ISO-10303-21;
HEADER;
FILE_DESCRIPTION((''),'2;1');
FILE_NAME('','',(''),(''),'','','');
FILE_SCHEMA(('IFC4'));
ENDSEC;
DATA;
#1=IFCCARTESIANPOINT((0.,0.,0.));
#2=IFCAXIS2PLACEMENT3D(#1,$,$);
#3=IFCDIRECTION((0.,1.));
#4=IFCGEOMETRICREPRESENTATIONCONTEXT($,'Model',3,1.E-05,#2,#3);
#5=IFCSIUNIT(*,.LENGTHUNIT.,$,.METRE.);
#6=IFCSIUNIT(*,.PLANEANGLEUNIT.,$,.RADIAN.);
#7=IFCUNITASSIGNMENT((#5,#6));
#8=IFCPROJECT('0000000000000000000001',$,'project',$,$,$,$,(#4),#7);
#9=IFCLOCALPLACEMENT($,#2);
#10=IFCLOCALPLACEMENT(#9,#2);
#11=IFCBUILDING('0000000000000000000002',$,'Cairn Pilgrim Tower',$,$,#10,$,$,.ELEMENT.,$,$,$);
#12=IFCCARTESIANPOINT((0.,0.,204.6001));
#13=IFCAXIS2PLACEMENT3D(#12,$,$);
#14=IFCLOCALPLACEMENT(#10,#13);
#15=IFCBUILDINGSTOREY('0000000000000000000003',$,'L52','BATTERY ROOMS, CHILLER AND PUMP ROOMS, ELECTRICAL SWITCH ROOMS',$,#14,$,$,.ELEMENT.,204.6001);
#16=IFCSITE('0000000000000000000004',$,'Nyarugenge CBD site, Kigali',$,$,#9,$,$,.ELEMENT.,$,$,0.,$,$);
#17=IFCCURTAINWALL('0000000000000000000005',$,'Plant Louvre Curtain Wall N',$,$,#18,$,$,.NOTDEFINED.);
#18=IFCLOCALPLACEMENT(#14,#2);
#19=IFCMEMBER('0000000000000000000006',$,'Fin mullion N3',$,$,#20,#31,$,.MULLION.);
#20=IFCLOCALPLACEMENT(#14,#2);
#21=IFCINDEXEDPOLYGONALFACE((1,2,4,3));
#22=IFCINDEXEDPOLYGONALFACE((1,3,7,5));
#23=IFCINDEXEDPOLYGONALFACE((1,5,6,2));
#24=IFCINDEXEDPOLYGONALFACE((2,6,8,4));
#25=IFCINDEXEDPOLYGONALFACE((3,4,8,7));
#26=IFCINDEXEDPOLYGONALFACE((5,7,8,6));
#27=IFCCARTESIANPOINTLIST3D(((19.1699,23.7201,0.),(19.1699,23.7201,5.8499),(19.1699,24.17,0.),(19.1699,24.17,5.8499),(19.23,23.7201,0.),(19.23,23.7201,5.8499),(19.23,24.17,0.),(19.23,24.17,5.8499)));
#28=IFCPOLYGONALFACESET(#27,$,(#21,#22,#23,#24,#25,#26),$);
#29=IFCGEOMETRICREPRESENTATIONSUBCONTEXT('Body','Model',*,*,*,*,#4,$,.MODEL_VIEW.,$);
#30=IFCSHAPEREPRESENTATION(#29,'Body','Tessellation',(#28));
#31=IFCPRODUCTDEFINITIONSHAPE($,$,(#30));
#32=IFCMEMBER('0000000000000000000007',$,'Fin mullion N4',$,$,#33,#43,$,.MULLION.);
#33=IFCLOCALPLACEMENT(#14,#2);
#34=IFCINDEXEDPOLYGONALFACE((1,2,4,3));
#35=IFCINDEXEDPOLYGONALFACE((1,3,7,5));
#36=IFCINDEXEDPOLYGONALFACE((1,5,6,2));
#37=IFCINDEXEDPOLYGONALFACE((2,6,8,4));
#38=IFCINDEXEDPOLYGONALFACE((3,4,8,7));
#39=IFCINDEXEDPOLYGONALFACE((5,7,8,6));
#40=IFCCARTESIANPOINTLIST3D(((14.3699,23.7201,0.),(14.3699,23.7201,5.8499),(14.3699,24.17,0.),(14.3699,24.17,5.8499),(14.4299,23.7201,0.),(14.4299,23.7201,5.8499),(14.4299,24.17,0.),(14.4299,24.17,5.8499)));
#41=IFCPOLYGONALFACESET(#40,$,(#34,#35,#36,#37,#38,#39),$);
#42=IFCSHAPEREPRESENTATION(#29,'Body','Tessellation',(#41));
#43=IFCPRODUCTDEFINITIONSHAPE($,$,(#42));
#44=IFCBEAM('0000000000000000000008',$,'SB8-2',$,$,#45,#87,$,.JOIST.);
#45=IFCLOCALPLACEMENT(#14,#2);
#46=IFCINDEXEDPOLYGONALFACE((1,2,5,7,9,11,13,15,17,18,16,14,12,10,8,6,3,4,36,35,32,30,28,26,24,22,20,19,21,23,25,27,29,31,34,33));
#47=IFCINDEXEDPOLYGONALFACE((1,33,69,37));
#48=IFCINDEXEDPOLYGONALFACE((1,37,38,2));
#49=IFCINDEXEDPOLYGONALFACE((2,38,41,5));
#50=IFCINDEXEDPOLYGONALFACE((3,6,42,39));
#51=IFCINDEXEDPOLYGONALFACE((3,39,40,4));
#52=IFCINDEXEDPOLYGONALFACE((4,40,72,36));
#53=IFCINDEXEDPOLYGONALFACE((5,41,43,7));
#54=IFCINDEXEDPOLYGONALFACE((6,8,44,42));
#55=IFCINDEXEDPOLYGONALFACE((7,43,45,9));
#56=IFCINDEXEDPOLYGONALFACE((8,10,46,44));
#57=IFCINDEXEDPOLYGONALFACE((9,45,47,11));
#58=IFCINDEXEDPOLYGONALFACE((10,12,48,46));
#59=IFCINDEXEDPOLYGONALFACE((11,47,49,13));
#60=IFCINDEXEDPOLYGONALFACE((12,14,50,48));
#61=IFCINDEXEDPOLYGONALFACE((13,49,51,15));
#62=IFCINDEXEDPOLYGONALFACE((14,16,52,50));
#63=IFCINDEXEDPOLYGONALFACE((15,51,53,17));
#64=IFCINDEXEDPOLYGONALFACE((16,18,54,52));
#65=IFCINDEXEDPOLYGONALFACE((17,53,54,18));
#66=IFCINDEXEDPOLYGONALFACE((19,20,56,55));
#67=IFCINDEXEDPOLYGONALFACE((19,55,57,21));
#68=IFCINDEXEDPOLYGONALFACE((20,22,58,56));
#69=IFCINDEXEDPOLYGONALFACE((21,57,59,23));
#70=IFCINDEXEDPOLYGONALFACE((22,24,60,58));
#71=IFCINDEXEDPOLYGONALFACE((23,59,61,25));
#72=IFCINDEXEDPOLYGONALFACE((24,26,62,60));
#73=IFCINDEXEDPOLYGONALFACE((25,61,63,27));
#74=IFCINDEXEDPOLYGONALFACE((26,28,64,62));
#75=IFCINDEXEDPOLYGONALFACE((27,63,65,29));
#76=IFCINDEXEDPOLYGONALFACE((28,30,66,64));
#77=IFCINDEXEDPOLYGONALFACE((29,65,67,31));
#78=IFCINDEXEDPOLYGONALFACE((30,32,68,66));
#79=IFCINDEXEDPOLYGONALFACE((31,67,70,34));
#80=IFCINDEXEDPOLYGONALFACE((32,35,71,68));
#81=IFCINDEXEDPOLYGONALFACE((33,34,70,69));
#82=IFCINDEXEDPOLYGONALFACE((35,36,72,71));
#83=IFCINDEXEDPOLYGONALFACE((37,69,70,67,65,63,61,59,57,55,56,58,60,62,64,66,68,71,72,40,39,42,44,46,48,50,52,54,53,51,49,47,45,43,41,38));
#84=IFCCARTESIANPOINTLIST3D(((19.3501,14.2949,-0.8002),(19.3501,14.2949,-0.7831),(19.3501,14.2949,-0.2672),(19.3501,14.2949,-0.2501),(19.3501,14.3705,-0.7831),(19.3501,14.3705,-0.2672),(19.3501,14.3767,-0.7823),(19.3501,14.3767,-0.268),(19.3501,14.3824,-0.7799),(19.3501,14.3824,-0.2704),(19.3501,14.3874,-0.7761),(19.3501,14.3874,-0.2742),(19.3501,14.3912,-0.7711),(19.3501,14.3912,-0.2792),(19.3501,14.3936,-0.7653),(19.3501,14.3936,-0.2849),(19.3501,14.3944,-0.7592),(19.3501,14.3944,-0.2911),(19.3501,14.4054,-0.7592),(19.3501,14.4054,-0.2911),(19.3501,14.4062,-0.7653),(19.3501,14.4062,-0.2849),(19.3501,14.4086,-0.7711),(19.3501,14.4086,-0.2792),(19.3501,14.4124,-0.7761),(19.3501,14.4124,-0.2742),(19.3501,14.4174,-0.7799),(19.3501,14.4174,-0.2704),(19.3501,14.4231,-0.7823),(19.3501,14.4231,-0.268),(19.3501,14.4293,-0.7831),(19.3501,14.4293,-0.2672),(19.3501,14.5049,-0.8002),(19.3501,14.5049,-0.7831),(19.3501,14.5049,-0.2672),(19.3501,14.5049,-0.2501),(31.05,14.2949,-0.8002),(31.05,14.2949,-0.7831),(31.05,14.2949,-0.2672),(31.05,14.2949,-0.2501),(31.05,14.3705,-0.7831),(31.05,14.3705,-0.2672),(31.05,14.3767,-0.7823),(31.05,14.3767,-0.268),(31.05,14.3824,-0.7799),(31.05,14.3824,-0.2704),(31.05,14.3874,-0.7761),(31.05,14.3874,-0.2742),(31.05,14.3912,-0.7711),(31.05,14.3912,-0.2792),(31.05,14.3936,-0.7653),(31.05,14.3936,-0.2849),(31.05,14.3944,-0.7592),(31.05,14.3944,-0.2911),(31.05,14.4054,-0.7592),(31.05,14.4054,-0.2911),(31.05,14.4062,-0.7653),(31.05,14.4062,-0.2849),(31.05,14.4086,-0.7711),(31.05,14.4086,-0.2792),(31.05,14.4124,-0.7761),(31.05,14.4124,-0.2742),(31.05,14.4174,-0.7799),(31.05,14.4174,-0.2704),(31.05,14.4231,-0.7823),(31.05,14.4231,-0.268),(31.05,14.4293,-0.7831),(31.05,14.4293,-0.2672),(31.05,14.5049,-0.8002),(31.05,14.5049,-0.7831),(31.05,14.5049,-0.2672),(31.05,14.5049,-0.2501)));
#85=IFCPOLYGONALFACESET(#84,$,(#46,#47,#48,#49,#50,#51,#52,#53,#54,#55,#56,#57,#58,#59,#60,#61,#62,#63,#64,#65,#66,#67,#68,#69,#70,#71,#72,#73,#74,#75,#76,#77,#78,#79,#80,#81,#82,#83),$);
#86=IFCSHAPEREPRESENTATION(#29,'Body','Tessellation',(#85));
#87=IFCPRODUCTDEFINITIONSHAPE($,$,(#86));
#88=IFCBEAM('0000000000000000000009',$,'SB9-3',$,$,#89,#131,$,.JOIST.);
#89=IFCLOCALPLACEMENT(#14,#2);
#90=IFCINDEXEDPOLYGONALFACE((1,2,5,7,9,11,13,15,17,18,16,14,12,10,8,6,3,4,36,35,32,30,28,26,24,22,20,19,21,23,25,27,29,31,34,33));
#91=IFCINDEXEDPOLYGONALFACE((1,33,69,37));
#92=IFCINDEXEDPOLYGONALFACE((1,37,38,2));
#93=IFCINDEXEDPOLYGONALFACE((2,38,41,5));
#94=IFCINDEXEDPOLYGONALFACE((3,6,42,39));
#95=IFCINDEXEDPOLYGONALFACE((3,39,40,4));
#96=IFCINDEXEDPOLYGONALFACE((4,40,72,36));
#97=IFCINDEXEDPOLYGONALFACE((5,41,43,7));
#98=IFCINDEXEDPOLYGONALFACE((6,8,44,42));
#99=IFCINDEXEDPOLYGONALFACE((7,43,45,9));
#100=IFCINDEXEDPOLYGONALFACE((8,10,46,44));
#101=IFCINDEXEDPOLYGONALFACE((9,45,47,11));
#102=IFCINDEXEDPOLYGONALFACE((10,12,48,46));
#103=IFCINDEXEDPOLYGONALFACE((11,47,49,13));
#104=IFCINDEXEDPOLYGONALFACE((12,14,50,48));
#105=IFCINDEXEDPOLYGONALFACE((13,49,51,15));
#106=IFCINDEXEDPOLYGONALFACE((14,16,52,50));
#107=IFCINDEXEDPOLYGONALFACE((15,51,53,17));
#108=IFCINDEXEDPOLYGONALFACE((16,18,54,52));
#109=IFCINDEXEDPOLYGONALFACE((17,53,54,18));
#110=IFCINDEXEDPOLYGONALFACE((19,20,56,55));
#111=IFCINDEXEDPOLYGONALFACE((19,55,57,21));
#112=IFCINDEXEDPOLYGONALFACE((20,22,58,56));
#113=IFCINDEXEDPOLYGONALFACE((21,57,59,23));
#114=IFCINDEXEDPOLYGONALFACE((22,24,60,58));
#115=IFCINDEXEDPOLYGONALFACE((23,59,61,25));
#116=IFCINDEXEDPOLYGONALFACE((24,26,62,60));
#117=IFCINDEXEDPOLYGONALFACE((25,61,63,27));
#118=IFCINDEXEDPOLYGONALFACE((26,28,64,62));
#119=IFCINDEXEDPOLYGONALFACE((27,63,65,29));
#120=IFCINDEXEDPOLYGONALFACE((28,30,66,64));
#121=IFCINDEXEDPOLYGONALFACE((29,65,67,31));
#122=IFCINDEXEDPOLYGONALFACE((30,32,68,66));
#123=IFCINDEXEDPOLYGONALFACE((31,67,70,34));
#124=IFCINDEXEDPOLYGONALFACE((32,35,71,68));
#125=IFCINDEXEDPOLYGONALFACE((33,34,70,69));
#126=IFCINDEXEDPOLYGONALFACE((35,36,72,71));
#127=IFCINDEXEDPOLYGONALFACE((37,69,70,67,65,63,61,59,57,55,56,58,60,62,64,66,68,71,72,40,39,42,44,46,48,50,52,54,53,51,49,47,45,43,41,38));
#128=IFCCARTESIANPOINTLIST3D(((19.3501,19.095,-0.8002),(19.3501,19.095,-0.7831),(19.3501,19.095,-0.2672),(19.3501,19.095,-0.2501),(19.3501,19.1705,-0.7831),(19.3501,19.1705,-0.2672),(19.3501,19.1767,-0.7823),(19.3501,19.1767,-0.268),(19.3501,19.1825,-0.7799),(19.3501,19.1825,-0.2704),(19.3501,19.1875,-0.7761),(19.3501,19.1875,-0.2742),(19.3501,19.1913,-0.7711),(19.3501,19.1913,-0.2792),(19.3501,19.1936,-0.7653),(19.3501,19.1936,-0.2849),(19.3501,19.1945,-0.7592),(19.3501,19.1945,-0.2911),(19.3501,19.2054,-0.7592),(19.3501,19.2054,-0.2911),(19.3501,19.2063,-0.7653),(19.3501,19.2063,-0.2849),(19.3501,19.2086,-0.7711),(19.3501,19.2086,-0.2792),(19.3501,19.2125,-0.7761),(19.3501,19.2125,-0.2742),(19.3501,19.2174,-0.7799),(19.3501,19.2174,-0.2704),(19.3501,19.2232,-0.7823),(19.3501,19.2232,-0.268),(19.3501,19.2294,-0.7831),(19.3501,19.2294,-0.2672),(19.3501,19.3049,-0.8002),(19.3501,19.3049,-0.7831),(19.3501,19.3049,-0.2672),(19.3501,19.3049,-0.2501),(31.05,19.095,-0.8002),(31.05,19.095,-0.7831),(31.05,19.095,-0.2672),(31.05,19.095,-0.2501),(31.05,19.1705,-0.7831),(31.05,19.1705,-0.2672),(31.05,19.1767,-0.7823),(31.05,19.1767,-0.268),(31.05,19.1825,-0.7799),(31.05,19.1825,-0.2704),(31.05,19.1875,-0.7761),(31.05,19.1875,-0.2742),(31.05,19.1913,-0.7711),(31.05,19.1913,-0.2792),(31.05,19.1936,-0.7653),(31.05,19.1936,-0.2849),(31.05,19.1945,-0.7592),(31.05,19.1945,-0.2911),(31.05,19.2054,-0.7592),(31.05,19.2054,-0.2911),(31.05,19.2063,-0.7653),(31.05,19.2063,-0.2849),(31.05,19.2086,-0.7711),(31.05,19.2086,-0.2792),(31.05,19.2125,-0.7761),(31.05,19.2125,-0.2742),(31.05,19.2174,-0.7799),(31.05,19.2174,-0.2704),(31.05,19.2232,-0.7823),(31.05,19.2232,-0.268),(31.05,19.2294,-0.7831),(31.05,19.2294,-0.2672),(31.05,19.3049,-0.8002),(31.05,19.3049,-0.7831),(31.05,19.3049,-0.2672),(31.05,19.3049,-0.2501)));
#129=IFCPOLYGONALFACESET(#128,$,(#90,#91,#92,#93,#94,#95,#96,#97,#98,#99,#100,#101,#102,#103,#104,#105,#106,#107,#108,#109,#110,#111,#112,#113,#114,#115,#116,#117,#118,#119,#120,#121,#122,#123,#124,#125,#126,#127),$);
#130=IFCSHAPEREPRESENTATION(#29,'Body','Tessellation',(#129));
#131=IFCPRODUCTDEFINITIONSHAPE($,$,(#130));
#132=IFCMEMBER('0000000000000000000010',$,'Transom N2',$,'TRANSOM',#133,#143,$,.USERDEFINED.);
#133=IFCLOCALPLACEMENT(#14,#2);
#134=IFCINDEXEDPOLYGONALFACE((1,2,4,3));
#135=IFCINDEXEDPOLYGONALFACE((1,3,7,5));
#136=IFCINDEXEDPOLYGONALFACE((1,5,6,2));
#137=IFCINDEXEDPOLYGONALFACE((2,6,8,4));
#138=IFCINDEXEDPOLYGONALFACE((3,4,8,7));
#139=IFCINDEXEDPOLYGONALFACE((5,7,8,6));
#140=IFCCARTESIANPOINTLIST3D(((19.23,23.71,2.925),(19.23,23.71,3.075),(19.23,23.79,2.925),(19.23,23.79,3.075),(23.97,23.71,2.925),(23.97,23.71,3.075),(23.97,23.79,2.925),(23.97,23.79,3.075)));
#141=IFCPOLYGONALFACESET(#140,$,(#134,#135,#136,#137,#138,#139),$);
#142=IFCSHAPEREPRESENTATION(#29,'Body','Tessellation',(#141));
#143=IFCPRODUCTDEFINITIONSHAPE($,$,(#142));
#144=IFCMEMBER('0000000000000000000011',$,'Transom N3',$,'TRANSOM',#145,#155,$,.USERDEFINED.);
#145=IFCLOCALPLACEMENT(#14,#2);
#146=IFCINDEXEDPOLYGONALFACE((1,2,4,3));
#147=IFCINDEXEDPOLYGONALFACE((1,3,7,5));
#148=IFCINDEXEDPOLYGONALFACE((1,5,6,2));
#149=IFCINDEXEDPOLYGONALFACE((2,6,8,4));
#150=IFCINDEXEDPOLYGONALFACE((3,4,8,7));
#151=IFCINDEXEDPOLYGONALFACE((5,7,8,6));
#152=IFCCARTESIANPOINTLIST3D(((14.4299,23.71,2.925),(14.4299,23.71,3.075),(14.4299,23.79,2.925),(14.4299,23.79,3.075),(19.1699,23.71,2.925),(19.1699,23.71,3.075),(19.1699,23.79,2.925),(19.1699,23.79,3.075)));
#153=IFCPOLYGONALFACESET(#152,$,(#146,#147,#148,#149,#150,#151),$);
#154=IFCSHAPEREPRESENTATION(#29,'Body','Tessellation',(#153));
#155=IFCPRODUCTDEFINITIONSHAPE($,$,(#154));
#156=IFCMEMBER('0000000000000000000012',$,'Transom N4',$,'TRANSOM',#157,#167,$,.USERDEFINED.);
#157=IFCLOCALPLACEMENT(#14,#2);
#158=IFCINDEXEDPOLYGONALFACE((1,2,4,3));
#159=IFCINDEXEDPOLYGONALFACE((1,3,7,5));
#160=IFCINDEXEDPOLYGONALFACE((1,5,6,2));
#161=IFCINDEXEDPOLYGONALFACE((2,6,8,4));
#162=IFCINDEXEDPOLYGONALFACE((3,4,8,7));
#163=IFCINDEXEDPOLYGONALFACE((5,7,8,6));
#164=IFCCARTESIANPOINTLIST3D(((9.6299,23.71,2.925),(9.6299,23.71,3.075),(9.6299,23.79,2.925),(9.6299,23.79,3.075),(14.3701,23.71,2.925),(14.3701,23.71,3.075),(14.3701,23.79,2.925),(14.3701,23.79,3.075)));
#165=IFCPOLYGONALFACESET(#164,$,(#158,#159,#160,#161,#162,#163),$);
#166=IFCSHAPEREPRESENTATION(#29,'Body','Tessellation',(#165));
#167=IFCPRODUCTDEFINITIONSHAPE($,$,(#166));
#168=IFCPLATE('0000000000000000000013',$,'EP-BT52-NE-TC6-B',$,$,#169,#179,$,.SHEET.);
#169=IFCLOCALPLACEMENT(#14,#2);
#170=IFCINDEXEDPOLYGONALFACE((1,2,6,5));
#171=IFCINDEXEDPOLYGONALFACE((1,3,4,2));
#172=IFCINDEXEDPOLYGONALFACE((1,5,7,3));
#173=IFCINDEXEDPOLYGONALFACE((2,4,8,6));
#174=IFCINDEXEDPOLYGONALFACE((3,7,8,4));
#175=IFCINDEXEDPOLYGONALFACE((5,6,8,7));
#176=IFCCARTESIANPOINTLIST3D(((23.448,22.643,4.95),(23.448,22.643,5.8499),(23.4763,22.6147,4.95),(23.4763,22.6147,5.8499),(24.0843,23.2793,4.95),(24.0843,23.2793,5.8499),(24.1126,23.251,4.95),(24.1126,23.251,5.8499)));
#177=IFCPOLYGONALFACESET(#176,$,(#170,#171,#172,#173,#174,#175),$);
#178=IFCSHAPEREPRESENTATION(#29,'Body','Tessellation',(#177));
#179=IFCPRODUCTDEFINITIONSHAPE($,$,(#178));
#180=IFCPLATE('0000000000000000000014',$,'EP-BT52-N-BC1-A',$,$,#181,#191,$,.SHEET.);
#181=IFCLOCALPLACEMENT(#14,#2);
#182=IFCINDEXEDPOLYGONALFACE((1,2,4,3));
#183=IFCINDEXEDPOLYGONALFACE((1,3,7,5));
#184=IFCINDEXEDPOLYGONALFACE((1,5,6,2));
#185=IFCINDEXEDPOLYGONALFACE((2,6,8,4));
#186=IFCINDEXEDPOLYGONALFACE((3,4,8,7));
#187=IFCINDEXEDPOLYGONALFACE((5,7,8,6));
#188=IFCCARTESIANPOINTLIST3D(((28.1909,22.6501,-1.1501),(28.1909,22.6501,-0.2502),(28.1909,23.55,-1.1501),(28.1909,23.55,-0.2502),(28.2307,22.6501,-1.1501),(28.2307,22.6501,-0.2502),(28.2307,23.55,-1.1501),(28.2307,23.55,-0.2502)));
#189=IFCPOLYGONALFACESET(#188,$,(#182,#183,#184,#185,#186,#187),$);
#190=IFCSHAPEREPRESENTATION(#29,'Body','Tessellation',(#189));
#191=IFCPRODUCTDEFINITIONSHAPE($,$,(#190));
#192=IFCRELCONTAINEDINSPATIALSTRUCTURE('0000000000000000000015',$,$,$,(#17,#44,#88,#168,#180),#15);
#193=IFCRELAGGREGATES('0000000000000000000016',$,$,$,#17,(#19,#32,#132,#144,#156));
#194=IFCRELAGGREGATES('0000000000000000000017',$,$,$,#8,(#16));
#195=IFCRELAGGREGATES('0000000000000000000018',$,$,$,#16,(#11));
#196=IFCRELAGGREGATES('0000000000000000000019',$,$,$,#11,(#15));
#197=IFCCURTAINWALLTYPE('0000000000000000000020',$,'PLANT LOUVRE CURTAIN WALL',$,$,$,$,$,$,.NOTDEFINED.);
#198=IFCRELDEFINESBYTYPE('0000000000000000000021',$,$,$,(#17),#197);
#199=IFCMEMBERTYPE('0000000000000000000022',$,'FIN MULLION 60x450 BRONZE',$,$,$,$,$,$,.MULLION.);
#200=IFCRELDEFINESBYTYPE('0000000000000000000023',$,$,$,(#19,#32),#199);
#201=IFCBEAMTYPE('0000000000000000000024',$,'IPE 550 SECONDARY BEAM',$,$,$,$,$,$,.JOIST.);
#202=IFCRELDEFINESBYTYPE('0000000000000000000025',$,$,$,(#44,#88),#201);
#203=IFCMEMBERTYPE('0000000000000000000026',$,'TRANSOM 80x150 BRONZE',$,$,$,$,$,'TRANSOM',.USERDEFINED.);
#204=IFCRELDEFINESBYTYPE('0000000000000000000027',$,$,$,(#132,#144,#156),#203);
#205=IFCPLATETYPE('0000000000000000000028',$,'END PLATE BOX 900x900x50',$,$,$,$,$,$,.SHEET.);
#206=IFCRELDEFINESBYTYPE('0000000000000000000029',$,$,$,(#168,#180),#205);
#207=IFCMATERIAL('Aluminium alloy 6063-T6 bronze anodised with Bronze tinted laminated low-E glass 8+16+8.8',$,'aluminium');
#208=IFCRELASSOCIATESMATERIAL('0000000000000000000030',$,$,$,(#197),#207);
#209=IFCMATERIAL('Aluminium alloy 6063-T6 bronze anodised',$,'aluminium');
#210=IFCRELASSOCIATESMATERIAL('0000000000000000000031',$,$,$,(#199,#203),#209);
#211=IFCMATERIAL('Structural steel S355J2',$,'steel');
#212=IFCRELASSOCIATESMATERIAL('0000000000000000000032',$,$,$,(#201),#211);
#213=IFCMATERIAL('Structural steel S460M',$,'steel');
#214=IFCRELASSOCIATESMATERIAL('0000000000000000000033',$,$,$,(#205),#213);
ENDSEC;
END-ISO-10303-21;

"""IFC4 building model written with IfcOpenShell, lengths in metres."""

from ifc_helpers import new_model, si_unit, direction, frame, origin, origin_2d, place, context, subcontext, project, spatial, rectangle, i_section, extrude, material, material_profile, profile_set, type_object, element, aggregate, save


model = new_model("IFC4")

# Units and contexts
model_context = context("Model", 3, precision=1e-05, world=origin(), true_north=direction((0.0, 1.0)))
body_context = subcontext(model_context, "Body", "Model", "MODEL_VIEW")
ifc_project = project(units=[si_unit("LENGTHUNIT", "METRE"), si_unit("PLANEANGLEUNIT", "RADIAN")], contexts=[model_context])

# Site, building, storey
site_placement = place(None, origin())
site = spatial("IfcSite", under=ifc_project, at=site_placement, Name="Nyarugenge CBD site, Kigali", CompositionType="ELEMENT", RefElevation=0.0)
building_placement = place(site_placement, origin())
building = spatial("IfcBuilding", under=site, at=building_placement, Name="Cairn Pilgrim Tower", CompositionType="ELEMENT")
storey_placement = place(building_placement, frame((0.0, 0.0, 204.6001)))
storey = spatial("IfcBuildingStorey", under=building, at=storey_placement, Name="L52", Description="BATTERY ROOMS, CHILLER AND PUMP ROOMS, ELECTRICAL SWITCH ROOMS", CompositionType="ELEMENT", Elevation=204.6001)

# Shared definitions
ifc_material_1 = material(Name="Structural steel S460M", Category="steel")

# Curtain wall, members
ifc_material_2 = material(Name="Aluminium alloy 6063-T6 bronze anodised with Bronze tinted laminated low-E glass 8+16+8.8", Category="aluminium")
curtain_wall_type = type_object("IfcCurtainWallType", Name="PLANT LOUVRE CURTAIN WALL", PredefinedType="NOTDEFINED", material=ifc_material_2)
curtain_wall_placement = place(storey_placement, origin())
curtain_wall = element("IfcCurtainWall", 1, at=curtain_wall_placement, inside=storey, type_object=curtain_wall_type, Name="Plant Louvre Curtain Wall N", PredefinedType="NOTDEFINED")
ifc_material_3 = material(Name="Aluminium alloy 6063-T6 bronze anodised", Category="aluminium")
ifc_material_profile_1 = material_profile(ifc_material_3, rectangle(XDim=0.45, YDim=0.0601, at=origin_2d()), Name="FIN MULLION 60x450 BRONZE")
ifc_profile_set_1 = profile_set([ifc_material_profile_1], Name="Aluminium alloy 6063-T6 bronze anodised")
member_type_1 = type_object("IfcMemberType", Name="FIN MULLION 60x450 BRONZE", PredefinedType="MULLION", material=ifc_profile_set_1)
member_1_placement = place(storey_placement, frame((19.2, 23.9451, 0.0), z_axis=(0.0, 0.0, 1.0), x_axis=(0.0, 1.0, 0.0)))
member_1 = element("IfcMember", 2, at=member_1_placement, type_object=member_type_1, Name="Fin mullion N3", PredefinedType="MULLION", context=body_context, shape_type="SweptSolid", body=[
    extrude(rectangle(XDim=0.45, YDim=0.0601, at=origin_2d()), origin(), (0.0, 0.0, 1.0), 5.8499),
])
member_2_placement = place(storey_placement, frame((14.3999, 23.9451, 0.0), z_axis=(0.0, 0.0, 1.0), x_axis=(0.0, 1.0, 0.0)))
member_2 = element("IfcMember", 3, at=member_2_placement, type_object=member_type_1, Name="Fin mullion N4", PredefinedType="MULLION", context=body_context, shape_type="SweptSolid", body=[
    extrude(rectangle(XDim=0.45, YDim=0.0601, at=origin_2d()), origin(), (0.0, 0.0, 1.0), 5.8499),
])

# Beams
ifc_material_4 = material(Name="Structural steel S355J2", Category="steel")
ifc_material_profile_2 = material_profile(ifc_material_4, i_section(OverallWidth=0.21, OverallDepth=0.55, WebThickness=0.011, FlangeThickness=0.0171, FilletRadius=0.0239, at=origin_2d()), Name="IPE 550")
ifc_profile_set_2 = profile_set([ifc_material_profile_2], Name="Structural steel S355J2")
beam_type_1 = type_object("IfcBeamType", Name="IPE 550 SECONDARY BEAM", PredefinedType="JOIST", material=ifc_profile_set_2)
for number, where, z_axis, x_axis, name in (
    (4, (19.3501, 14.3999, -0.5251), (1.0, 0.0, 0.0), (0.0, 1.0, 0.0), "SB8-2"),
    (5, (19.3501, 19.2, -0.5251), (1.0, 0.0, 0.0), (0.0, 1.0, 0.0), "SB9-3"),
):
    element("IfcBeam", number, at=place(storey_placement, frame(where, z_axis=z_axis, x_axis=x_axis)), inside=storey, type_object=beam_type_1, Name=name, PredefinedType="JOIST", context=body_context, shape_type="SweptSolid", body=[
        extrude(i_section(OverallWidth=0.21, OverallDepth=0.55, WebThickness=0.011, FlangeThickness=0.0171, FilletRadius=0.0239, at=origin_2d()), origin(), (0.0, 0.0, 1.0), 11.7),
    ])

# Members
ifc_material_profile_3 = material_profile(ifc_material_3, rectangle(XDim=0.0801, YDim=0.1499, at=origin_2d()), Name="TRANSOM 80x150 BRONZE")
ifc_profile_set_3 = profile_set([ifc_material_profile_3], Name="Aluminium alloy 6063-T6 bronze anodised")
member_type_2 = type_object("IfcMemberType", Name="TRANSOM 80x150 BRONZE", ElementType="TRANSOM", PredefinedType="USERDEFINED", material=ifc_profile_set_3)
member_3_placement = place(storey_placement, frame((23.97, 23.75, 3.0), z_axis=(-1.0, 0.0, 0.0), x_axis=(0.0, -1.0, 0.0)))
member_3 = element("IfcMember", 6, at=member_3_placement, type_object=member_type_2, Name="Transom N2", ObjectType="TRANSOM", PredefinedType="USERDEFINED", context=body_context, shape_type="SweptSolid", body=[
    extrude(rectangle(XDim=0.0801, YDim=0.1499, at=origin_2d()), origin(), (0.0, 0.0, 1.0), 4.74),
])
member_4_placement = place(storey_placement, frame((19.1699, 23.75, 3.0), z_axis=(-1.0, 0.0, 0.0), x_axis=(0.0, -1.0, 0.0)))
member_4 = element("IfcMember", 7, at=member_4_placement, type_object=member_type_2, Name="Transom N3", ObjectType="TRANSOM", PredefinedType="USERDEFINED", context=body_context, shape_type="SweptSolid", body=[
    extrude(rectangle(XDim=0.0801, YDim=0.1499, at=origin_2d()), origin(), (0.0, 0.0, 1.0), 4.74),
])
member_5_placement = place(storey_placement, frame((14.3701, 23.75, 3.0), z_axis=(-1.0, 0.0, 0.0), x_axis=(0.0, -1.0, 0.0)))
member_5 = element("IfcMember", 8, at=member_5_placement, type_object=member_type_2, Name="Transom N4", ObjectType="TRANSOM", PredefinedType="USERDEFINED", context=body_context, shape_type="SweptSolid", body=[
    extrude(rectangle(XDim=0.0801, YDim=0.1499, at=origin_2d()), origin(), (0.0, 0.0, 1.0), 4.7402),
])

# Plates
ifc_material_profile_4 = material_profile(ifc_material_1, rectangle(XDim=0.8999, YDim=0.8999, at=origin_2d()), Name="END PLATE BOX 900x900x50")
ifc_profile_set_4 = profile_set([ifc_material_profile_4], Name="Structural steel S460M")
plate_type_1 = type_object("IfcPlateType", Name="END PLATE BOX 900x900x50", PredefinedType="SHEET", material=ifc_profile_set_4)
plate_1_placement = place(storey_placement, frame((23.7944, 22.9329, 5.3999), z_axis=(-0.707107, 0.707107, 0.0), x_axis=(-0.707107, -0.707107, 0.0)))
element("IfcPlate", 9, at=plate_1_placement, inside=storey, type_object=plate_type_1, Name="EP-BT52-NE-TC6-B", PredefinedType="SHEET", context=body_context, shape_type="SweptSolid", body=[
    extrude(rectangle(XDim=0.8999, YDim=0.8999, at=origin_2d()), origin(), (0.0, 0.0, 1.0), 0.04),
])
plate_2_placement = place(storey_placement, frame((28.1909, 23.1001, -0.7002), z_axis=(1.0, 0.0, 0.0), x_axis=(0.0, 1.0, 0.0)))
element("IfcPlate", 10, at=plate_2_placement, inside=storey, type_object=plate_type_1, Name="EP-BT52-N-BC1-A", PredefinedType="SHEET", context=body_context, shape_type="SweptSolid", body=[
    extrude(rectangle(XDim=0.8999, YDim=0.8999, at=origin_2d()), origin(), (0.0, 0.0, 1.0), 0.0398),
])

aggregate(curtain_wall, [member_1, member_2, member_3, member_4, member_5])

save(model, "model.ifc")
